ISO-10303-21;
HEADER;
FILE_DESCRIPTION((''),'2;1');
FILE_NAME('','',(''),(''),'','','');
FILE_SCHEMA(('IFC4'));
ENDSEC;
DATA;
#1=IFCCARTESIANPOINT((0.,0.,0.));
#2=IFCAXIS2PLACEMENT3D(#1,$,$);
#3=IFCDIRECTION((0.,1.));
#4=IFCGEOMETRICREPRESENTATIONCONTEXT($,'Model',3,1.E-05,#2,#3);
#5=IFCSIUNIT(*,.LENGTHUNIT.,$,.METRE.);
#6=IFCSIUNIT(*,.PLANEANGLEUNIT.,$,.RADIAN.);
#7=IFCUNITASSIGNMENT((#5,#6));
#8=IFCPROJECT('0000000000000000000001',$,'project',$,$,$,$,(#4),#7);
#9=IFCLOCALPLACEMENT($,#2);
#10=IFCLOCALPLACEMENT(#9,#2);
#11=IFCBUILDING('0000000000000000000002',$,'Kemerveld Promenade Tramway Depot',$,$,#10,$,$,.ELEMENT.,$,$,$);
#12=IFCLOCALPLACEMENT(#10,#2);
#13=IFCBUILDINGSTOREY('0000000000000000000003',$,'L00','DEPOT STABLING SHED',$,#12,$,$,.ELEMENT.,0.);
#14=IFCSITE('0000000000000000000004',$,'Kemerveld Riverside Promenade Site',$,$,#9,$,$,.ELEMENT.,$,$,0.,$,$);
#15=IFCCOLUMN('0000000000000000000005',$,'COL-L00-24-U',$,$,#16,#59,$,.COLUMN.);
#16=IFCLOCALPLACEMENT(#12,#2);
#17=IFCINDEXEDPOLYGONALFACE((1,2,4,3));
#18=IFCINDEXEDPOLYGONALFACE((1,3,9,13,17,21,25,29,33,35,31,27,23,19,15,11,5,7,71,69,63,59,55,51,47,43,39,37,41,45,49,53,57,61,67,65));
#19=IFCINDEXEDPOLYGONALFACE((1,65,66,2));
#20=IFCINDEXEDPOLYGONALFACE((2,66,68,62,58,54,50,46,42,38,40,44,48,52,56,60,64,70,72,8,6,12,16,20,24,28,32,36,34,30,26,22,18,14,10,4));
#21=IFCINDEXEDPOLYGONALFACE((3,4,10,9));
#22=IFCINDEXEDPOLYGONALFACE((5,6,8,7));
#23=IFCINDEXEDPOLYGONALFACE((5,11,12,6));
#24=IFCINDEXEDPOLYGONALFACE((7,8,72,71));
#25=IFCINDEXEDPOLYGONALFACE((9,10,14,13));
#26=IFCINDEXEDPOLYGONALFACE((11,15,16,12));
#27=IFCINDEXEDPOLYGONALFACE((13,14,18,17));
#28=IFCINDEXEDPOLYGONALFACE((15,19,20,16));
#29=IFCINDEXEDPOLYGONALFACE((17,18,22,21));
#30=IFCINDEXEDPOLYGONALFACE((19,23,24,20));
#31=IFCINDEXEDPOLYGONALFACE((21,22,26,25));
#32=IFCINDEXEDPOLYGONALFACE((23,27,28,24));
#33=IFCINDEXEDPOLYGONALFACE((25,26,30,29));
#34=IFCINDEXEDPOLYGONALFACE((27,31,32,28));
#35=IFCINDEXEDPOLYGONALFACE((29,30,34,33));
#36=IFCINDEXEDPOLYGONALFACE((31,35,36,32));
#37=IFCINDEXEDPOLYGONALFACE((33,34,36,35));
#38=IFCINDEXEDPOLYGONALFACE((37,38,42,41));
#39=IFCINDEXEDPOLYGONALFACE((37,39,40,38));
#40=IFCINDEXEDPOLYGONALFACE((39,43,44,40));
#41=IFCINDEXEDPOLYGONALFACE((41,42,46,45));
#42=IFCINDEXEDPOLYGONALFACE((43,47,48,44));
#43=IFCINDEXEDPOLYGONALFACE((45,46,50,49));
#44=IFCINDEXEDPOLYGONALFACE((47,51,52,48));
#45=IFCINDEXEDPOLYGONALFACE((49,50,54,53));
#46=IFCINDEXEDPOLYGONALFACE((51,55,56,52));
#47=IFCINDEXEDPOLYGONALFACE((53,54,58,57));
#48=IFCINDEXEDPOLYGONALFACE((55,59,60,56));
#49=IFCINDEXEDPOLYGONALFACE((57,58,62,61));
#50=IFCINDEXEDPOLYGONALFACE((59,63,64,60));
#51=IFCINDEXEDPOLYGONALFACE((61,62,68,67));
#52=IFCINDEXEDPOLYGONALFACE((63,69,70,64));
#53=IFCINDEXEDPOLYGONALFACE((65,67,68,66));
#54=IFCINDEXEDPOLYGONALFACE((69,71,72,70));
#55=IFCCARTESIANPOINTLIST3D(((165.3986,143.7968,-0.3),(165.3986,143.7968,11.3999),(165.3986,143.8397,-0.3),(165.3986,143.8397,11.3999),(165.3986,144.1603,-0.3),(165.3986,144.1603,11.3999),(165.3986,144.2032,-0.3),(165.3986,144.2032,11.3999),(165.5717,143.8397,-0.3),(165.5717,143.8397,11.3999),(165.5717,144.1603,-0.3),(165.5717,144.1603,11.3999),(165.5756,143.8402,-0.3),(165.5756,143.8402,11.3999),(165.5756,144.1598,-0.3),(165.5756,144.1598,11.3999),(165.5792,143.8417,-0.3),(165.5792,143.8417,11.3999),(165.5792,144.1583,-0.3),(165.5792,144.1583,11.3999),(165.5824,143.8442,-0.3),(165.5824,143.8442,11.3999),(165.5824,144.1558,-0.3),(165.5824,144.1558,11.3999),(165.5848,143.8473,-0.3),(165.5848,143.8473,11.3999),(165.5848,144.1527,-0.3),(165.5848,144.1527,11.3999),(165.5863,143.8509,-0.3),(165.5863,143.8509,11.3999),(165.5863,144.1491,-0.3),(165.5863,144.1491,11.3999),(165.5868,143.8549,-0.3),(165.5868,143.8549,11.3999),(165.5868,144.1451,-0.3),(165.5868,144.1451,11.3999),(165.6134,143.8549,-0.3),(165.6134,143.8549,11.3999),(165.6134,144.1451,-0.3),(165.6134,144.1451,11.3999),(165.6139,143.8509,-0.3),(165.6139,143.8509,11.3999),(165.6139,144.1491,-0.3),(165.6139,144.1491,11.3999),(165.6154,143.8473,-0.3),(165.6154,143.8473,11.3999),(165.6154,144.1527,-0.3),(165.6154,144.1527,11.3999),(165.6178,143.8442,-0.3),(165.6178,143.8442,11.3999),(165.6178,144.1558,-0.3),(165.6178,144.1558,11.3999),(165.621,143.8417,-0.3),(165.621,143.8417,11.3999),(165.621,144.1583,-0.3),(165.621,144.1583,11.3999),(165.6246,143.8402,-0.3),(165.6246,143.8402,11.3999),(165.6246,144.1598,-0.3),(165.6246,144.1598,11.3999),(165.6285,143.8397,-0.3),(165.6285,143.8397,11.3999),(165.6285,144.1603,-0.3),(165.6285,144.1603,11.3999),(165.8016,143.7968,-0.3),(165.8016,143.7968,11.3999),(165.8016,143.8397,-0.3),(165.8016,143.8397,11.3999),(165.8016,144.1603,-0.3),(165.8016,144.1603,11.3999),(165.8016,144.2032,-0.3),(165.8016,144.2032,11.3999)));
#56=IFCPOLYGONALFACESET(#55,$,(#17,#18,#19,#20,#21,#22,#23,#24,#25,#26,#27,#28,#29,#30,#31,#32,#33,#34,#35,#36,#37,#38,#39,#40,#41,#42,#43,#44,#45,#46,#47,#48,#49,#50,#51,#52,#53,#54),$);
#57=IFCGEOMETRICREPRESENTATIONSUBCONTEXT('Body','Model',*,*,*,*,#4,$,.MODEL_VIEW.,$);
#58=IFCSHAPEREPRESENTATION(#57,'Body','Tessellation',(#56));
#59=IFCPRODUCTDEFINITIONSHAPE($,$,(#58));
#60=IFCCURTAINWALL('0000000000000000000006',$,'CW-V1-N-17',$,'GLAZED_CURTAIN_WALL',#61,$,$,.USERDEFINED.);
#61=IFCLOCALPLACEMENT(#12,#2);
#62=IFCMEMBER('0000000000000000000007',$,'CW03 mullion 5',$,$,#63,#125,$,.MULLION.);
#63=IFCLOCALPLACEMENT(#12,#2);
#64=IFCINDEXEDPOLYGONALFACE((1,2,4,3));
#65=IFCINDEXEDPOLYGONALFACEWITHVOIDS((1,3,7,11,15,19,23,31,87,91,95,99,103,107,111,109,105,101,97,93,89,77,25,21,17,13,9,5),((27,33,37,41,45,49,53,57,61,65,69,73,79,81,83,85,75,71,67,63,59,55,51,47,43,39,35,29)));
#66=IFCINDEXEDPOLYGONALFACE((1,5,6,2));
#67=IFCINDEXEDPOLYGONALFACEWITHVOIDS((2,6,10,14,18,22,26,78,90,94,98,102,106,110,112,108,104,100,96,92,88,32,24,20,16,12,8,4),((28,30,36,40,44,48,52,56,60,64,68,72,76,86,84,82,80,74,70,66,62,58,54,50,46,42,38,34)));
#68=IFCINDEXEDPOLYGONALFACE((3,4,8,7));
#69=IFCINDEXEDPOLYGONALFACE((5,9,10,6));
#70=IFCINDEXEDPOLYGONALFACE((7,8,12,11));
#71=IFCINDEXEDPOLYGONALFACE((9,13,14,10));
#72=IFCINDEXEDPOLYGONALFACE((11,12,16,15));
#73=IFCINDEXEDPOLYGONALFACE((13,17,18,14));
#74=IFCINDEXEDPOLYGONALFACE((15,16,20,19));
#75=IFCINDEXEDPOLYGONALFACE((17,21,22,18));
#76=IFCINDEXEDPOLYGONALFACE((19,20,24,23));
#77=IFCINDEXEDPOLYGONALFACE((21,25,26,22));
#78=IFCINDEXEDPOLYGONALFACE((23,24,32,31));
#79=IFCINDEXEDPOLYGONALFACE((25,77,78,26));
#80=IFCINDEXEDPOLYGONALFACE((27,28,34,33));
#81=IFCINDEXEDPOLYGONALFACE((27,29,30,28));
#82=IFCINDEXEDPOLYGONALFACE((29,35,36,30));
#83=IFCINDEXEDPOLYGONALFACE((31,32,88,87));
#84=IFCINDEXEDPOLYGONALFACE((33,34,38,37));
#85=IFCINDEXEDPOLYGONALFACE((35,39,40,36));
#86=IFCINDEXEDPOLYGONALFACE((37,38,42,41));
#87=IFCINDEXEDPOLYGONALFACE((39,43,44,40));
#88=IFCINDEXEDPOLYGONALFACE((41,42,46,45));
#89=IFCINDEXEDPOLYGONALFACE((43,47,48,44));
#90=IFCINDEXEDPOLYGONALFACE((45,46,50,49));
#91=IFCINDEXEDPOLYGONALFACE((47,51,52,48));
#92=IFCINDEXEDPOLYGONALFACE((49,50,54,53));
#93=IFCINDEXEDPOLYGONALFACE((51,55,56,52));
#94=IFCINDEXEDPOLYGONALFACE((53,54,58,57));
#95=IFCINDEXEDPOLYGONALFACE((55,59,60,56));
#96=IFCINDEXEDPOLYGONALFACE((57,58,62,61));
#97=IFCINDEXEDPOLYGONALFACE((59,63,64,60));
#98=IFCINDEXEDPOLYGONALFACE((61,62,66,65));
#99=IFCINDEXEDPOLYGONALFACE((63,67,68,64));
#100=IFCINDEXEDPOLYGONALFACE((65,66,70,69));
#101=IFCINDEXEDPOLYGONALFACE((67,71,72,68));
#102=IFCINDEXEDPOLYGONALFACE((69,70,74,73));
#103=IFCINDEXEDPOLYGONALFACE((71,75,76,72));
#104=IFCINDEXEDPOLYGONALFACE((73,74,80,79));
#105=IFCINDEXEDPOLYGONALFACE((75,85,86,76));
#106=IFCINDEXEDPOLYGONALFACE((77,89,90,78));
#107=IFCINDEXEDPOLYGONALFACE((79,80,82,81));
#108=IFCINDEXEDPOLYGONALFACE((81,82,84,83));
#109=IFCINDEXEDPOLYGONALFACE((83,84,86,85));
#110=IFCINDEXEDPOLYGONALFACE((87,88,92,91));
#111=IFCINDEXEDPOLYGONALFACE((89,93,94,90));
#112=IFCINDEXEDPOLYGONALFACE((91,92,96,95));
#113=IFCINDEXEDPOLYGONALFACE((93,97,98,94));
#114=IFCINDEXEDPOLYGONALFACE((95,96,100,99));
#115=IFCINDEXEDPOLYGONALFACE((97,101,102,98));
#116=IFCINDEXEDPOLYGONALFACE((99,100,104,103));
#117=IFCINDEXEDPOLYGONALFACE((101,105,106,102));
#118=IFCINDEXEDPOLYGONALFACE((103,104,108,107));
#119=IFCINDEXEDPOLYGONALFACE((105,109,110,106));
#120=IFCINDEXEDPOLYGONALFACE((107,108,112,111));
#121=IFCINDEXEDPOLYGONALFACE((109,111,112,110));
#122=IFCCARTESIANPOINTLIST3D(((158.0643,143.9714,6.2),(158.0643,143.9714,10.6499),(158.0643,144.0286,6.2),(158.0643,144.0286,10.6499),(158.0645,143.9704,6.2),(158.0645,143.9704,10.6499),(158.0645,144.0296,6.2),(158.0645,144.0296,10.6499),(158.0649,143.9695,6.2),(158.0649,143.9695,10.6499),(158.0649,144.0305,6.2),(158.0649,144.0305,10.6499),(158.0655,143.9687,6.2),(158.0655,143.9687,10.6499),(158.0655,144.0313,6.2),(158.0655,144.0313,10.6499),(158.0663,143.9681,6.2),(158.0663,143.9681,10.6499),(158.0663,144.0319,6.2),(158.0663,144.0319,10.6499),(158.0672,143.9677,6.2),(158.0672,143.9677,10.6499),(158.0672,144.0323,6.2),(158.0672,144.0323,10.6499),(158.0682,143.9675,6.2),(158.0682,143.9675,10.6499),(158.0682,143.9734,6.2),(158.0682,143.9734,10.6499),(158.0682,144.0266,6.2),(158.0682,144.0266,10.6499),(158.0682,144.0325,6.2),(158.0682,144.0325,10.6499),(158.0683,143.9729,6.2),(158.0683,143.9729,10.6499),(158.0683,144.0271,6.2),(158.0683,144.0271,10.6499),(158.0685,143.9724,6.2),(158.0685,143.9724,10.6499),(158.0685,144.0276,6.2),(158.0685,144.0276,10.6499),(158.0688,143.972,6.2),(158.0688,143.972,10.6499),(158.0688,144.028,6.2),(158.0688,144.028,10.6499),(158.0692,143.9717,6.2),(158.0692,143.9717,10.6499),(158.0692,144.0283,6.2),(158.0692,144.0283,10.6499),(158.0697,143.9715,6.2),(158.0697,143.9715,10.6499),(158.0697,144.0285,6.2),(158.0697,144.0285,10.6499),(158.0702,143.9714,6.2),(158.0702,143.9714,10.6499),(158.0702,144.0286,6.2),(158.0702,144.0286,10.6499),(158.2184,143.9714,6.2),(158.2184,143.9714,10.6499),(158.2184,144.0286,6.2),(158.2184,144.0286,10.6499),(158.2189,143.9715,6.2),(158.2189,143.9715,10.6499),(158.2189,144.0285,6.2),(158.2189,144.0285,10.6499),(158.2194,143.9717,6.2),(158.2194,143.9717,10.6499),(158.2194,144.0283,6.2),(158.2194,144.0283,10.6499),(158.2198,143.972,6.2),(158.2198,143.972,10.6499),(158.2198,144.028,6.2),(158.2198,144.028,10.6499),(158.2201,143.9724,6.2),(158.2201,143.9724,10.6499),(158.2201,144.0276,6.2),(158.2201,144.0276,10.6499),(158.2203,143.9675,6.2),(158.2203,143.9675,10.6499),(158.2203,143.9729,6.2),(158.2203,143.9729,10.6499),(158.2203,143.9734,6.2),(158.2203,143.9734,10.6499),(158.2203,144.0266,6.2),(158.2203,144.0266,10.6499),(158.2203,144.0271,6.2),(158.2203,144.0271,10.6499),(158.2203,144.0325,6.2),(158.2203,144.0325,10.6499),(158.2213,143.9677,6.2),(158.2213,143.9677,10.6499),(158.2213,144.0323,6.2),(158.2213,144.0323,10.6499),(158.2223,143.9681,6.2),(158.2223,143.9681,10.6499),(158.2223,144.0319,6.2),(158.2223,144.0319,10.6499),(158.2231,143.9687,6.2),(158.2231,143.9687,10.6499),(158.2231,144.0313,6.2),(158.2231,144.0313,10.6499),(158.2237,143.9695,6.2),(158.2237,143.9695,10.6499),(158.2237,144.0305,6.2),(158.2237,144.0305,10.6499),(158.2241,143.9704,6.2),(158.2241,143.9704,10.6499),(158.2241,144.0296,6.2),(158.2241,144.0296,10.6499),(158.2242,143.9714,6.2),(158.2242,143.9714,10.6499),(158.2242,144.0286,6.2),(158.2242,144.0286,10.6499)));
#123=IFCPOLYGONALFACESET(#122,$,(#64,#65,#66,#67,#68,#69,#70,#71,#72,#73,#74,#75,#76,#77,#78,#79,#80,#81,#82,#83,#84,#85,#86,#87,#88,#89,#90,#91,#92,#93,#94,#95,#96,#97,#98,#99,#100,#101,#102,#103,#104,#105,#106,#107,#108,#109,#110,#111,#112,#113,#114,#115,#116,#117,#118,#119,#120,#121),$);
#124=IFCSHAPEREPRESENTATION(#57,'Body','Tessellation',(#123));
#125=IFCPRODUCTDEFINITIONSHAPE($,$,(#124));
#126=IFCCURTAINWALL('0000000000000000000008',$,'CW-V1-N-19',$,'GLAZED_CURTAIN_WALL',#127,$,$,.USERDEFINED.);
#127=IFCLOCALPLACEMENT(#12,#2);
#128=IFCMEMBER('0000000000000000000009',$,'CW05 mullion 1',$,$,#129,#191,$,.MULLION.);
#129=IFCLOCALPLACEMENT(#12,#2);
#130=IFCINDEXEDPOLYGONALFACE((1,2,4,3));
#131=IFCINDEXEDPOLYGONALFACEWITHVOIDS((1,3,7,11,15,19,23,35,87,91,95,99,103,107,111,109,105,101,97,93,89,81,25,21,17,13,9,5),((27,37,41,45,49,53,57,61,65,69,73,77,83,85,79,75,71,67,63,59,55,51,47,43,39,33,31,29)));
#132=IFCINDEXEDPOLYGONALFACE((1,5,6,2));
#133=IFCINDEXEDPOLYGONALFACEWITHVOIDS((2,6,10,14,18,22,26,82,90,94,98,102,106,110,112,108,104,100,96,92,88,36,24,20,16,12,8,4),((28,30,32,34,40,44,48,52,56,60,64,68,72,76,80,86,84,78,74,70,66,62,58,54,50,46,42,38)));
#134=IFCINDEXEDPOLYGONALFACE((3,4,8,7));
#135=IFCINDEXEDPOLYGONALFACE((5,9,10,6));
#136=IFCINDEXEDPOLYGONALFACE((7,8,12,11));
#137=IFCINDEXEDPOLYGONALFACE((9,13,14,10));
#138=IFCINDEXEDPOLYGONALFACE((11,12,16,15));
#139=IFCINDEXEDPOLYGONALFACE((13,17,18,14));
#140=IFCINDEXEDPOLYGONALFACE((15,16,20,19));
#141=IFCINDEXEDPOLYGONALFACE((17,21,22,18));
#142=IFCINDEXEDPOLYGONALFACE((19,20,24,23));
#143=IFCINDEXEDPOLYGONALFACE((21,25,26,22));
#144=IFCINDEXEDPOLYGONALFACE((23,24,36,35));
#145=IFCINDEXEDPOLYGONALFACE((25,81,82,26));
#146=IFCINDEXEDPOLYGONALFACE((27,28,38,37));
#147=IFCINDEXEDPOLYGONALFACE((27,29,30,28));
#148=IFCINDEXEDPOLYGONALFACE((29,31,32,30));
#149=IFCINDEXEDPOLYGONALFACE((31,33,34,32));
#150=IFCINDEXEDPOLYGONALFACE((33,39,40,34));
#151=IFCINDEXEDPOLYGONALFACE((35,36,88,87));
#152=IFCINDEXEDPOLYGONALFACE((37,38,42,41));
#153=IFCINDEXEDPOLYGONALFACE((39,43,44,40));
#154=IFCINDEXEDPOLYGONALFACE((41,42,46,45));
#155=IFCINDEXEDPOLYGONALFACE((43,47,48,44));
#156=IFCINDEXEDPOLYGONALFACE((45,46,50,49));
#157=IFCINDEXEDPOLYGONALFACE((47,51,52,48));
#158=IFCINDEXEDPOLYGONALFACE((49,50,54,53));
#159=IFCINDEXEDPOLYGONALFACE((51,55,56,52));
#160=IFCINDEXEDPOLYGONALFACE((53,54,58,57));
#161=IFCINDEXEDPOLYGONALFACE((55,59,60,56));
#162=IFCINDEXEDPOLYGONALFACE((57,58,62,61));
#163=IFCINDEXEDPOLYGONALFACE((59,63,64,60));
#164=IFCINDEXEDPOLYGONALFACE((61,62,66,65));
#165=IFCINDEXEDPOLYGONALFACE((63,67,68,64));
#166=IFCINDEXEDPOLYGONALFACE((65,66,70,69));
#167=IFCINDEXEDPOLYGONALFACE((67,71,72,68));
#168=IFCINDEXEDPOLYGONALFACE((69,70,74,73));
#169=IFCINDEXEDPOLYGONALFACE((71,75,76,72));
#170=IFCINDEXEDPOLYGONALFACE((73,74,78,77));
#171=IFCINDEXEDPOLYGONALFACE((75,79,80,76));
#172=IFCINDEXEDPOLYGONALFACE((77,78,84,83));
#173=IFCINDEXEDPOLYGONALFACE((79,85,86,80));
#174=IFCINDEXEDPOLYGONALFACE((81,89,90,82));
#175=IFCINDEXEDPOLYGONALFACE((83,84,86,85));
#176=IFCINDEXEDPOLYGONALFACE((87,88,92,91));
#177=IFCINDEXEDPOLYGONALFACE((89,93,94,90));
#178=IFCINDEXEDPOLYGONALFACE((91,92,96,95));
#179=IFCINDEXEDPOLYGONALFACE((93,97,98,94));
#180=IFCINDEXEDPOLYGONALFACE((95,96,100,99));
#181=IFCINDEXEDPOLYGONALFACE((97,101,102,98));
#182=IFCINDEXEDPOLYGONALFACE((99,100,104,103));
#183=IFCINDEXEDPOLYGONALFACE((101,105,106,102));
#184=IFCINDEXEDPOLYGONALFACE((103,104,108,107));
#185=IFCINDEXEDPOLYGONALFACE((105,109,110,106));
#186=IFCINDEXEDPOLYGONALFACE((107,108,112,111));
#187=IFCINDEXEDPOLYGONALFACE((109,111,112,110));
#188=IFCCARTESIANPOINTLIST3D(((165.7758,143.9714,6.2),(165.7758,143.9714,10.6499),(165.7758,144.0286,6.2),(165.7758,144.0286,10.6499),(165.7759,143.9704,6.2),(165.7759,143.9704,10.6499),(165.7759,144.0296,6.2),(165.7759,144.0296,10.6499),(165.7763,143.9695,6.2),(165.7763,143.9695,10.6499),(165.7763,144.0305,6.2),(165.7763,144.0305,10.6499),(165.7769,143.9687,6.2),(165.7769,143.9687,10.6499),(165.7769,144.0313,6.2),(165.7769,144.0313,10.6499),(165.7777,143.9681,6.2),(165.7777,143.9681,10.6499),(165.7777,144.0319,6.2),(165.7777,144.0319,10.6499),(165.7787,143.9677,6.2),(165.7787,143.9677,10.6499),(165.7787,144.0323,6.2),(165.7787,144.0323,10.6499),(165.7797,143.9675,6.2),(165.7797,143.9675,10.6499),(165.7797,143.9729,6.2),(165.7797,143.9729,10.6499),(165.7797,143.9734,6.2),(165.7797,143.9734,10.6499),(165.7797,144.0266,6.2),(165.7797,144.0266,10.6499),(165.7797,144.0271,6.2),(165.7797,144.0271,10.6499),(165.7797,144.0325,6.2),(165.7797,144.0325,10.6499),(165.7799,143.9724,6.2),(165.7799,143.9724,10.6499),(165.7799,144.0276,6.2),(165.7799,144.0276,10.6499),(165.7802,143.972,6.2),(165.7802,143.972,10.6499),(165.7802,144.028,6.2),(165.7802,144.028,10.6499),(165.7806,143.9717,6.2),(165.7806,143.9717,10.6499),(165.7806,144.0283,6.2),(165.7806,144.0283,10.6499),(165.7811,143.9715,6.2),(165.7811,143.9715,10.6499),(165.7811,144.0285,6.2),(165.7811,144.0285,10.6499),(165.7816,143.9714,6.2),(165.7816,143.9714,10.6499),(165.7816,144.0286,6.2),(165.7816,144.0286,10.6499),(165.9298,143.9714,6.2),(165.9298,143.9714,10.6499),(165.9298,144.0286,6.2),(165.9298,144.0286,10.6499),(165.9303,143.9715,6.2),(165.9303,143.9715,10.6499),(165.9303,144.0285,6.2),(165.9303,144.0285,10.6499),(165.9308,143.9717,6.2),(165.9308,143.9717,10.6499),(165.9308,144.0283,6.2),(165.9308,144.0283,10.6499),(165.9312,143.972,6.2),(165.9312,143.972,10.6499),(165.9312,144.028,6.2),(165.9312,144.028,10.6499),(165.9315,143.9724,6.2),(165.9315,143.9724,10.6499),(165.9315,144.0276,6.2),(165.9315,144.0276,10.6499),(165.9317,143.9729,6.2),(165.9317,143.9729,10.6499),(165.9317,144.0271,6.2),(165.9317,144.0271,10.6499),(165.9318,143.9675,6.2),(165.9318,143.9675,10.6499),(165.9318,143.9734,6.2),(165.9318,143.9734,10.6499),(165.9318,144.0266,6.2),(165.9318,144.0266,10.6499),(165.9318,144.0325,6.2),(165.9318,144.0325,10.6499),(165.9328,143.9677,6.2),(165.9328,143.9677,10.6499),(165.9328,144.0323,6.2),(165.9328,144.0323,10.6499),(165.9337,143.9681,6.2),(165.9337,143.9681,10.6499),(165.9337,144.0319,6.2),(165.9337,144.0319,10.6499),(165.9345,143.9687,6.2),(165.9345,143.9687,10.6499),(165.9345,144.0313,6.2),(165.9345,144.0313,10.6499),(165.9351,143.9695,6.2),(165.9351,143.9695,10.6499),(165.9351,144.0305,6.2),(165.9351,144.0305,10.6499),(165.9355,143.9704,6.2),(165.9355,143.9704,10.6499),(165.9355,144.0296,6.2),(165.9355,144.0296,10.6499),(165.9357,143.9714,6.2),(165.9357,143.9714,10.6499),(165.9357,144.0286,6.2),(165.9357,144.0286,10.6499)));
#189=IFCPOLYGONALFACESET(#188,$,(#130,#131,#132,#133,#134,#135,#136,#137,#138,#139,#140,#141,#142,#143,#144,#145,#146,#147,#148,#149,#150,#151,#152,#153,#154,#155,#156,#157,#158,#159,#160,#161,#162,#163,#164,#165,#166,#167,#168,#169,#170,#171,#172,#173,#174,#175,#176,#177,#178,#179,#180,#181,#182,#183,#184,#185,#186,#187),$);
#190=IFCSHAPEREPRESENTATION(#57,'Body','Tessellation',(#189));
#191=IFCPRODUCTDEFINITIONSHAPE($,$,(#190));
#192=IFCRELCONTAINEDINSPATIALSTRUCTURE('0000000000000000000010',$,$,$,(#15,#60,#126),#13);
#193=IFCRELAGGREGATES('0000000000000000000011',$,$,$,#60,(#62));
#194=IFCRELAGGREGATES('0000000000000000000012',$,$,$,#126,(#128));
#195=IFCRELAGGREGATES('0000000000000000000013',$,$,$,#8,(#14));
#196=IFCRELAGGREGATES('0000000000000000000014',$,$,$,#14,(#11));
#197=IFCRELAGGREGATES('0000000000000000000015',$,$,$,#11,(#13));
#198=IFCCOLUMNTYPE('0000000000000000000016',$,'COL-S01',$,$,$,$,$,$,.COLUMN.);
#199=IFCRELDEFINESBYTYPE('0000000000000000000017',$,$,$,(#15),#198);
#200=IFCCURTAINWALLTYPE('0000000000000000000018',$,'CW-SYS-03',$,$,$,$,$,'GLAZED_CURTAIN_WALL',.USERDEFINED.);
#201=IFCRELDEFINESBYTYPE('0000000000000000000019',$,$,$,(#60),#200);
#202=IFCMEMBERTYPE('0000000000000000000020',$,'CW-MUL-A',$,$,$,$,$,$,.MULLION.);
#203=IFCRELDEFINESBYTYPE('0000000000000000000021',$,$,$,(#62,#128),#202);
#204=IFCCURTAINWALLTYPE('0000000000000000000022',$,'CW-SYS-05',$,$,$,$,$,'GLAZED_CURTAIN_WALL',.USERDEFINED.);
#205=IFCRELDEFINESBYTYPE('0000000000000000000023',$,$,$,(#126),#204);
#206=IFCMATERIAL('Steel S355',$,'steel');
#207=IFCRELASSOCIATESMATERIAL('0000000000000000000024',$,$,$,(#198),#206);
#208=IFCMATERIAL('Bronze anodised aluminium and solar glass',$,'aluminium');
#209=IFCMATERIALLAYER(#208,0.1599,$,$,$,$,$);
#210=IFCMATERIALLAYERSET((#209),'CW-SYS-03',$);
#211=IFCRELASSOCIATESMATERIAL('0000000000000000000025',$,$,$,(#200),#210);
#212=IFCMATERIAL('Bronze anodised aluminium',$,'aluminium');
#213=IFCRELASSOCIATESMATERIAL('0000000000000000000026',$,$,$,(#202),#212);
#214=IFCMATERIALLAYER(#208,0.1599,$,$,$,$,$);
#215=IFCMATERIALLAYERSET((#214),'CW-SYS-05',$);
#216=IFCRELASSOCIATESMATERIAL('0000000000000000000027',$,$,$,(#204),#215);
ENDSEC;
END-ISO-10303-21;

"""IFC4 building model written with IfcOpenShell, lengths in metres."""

from ifc_helpers import new_model, si_unit, direction, frame, origin, origin_2d, place, context, subcontext, project, spatial, hollow_rectangle, i_section, extrude, material, layer, layer_set, material_profile, profile_set, type_object, element, aggregate, save


model = new_model("IFC4")

# Units and contexts
model_context = context("Model", 3, precision=1e-05, world=origin(), true_north=direction((0.0, 1.0)))
body_context = subcontext(model_context, "Body", "Model", "MODEL_VIEW")
ifc_project = project(units=[si_unit("LENGTHUNIT", "METRE"), si_unit("PLANEANGLEUNIT", "RADIAN")], contexts=[model_context])

# Site, building, storey
site_placement = place(None, origin())
site = spatial("IfcSite", under=ifc_project, at=site_placement, Name="Kemerveld Riverside Promenade Site", CompositionType="ELEMENT", RefElevation=0.0)
building_placement = place(site_placement, origin())
building = spatial("IfcBuilding", under=site, at=building_placement, Name="Kemerveld Promenade Tramway Depot", CompositionType="ELEMENT")
storey_placement = place(building_placement, origin())
storey = spatial("IfcBuildingStorey", under=building, at=storey_placement, Name="L00", Description="DEPOT STABLING SHED", CompositionType="ELEMENT", Elevation=0.0)

# Column
ifc_material_1 = material(Name="Steel S355", Category="steel")
ifc_material_profile_1 = material_profile(ifc_material_1, i_section(OverallWidth=0.4031, OverallDepth=0.4065, WebThickness=0.0266, FlangeThickness=0.043, FilletRadius=0.0151, at=origin_2d()), Name="356x406x340 UC")
ifc_profile_set_1 = profile_set([ifc_material_profile_1], Name="Steel S355")
column_type = type_object("IfcColumnType", Name="COL-S01", PredefinedType="COLUMN", material=ifc_profile_set_1)
for number, where, z_axis, x_axis, name in (
    (1, (165.6001, 144.0, -0.3), (0.0, 0.0, 1.0), (1.0, 0.0, 0.0), "COL-L00-24-U"),
):
    element("IfcColumn", number, at=place(storey_placement, frame(where, z_axis=z_axis, x_axis=x_axis)), inside=storey, type_object=column_type, Name=name, PredefinedType="COLUMN", context=body_context, shape_type="SweptSolid", body=[
        extrude(i_section(OverallWidth=0.4031, OverallDepth=0.4065, WebThickness=0.0266, FlangeThickness=0.043, FilletRadius=0.0151, at=origin_2d()), origin(), (0.0, 0.0, 1.0), 11.7),
    ])

# Curtain walls, members
ifc_material_2 = material(Name="Bronze anodised aluminium and solar glass", Category="aluminium")
ifc_layer_1 = layer(ifc_material_2, 0.1599)
ifc_layer_set_1 = layer_set([ifc_layer_1], Name="CW-SYS-03")
curtain_wall_type_1 = type_object("IfcCurtainWallType", Name="CW-SYS-03", ElementType="GLAZED_CURTAIN_WALL", PredefinedType="USERDEFINED", material=ifc_layer_set_1)
curtain_wall_1_placement = place(storey_placement, origin())
curtain_wall_1 = element("IfcCurtainWall", 2, at=curtain_wall_1_placement, inside=storey, type_object=curtain_wall_type_1, Name="CW-V1-N-17", ObjectType="GLAZED_CURTAIN_WALL", PredefinedType="USERDEFINED")
ifc_material_3 = material(Name="Bronze anodised aluminium", Category="aluminium")
ifc_material_profile_2 = material_profile(ifc_material_3, hollow_rectangle(XDim=0.0649, YDim=0.1599, WallThickness=0.0039, InnerFilletRadius=0.002, OuterFilletRadius=0.0039, at=origin_2d()), Name="CW-MUL-160x65")
ifc_profile_set_2 = profile_set([ifc_material_profile_2], Name="Bronze anodised aluminium")
member_type_1 = type_object("IfcMemberType", Name="CW-MUL-A", PredefinedType="MULLION", material=ifc_profile_set_2)
member_1_placement = place(storey_placement, frame((158.1443, 144.0, 6.2), z_axis=(0.0, 0.0, 1.0), x_axis=(0.0, 1.0, 0.0)))
member_1 = element("IfcMember", 3, at=member_1_placement, type_object=member_type_1, Name="CW03 mullion 5", PredefinedType="MULLION", context=body_context, shape_type="SweptSolid", body=[
    extrude(hollow_rectangle(XDim=0.0649, YDim=0.1599, WallThickness=0.0039, InnerFilletRadius=0.002, OuterFilletRadius=0.0039, at=origin_2d()), origin(), (0.0, 0.0, 1.0), 4.45),
])
aggregate(curtain_wall_1, [member_1])
ifc_layer_2 = layer(ifc_material_2, 0.1599)
ifc_layer_set_2 = layer_set([ifc_layer_2], Name="CW-SYS-05")
curtain_wall_type_2 = type_object("IfcCurtainWallType", Name="CW-SYS-05", ElementType="GLAZED_CURTAIN_WALL", PredefinedType="USERDEFINED", material=ifc_layer_set_2)
curtain_wall_2_placement = place(storey_placement, origin())
curtain_wall_2 = element("IfcCurtainWall", 4, at=curtain_wall_2_placement, inside=storey, type_object=curtain_wall_type_2, Name="CW-V1-N-19", ObjectType="GLAZED_CURTAIN_WALL", PredefinedType="USERDEFINED")
member_2_placement = place(storey_placement, frame((165.8557, 144.0, 6.2), z_axis=(0.0, 0.0, 1.0), x_axis=(0.0, 1.0, 0.0)))
member_2 = element("IfcMember", 5, at=member_2_placement, type_object=member_type_1, Name="CW05 mullion 1", PredefinedType="MULLION", context=body_context, shape_type="SweptSolid", body=[
    extrude(hollow_rectangle(XDim=0.0649, YDim=0.1599, WallThickness=0.0039, InnerFilletRadius=0.002, OuterFilletRadius=0.0039, at=origin_2d()), origin(), (0.0, 0.0, 1.0), 4.45),
])

aggregate(curtain_wall_2, [member_2])

save(model, "model.ifc")
